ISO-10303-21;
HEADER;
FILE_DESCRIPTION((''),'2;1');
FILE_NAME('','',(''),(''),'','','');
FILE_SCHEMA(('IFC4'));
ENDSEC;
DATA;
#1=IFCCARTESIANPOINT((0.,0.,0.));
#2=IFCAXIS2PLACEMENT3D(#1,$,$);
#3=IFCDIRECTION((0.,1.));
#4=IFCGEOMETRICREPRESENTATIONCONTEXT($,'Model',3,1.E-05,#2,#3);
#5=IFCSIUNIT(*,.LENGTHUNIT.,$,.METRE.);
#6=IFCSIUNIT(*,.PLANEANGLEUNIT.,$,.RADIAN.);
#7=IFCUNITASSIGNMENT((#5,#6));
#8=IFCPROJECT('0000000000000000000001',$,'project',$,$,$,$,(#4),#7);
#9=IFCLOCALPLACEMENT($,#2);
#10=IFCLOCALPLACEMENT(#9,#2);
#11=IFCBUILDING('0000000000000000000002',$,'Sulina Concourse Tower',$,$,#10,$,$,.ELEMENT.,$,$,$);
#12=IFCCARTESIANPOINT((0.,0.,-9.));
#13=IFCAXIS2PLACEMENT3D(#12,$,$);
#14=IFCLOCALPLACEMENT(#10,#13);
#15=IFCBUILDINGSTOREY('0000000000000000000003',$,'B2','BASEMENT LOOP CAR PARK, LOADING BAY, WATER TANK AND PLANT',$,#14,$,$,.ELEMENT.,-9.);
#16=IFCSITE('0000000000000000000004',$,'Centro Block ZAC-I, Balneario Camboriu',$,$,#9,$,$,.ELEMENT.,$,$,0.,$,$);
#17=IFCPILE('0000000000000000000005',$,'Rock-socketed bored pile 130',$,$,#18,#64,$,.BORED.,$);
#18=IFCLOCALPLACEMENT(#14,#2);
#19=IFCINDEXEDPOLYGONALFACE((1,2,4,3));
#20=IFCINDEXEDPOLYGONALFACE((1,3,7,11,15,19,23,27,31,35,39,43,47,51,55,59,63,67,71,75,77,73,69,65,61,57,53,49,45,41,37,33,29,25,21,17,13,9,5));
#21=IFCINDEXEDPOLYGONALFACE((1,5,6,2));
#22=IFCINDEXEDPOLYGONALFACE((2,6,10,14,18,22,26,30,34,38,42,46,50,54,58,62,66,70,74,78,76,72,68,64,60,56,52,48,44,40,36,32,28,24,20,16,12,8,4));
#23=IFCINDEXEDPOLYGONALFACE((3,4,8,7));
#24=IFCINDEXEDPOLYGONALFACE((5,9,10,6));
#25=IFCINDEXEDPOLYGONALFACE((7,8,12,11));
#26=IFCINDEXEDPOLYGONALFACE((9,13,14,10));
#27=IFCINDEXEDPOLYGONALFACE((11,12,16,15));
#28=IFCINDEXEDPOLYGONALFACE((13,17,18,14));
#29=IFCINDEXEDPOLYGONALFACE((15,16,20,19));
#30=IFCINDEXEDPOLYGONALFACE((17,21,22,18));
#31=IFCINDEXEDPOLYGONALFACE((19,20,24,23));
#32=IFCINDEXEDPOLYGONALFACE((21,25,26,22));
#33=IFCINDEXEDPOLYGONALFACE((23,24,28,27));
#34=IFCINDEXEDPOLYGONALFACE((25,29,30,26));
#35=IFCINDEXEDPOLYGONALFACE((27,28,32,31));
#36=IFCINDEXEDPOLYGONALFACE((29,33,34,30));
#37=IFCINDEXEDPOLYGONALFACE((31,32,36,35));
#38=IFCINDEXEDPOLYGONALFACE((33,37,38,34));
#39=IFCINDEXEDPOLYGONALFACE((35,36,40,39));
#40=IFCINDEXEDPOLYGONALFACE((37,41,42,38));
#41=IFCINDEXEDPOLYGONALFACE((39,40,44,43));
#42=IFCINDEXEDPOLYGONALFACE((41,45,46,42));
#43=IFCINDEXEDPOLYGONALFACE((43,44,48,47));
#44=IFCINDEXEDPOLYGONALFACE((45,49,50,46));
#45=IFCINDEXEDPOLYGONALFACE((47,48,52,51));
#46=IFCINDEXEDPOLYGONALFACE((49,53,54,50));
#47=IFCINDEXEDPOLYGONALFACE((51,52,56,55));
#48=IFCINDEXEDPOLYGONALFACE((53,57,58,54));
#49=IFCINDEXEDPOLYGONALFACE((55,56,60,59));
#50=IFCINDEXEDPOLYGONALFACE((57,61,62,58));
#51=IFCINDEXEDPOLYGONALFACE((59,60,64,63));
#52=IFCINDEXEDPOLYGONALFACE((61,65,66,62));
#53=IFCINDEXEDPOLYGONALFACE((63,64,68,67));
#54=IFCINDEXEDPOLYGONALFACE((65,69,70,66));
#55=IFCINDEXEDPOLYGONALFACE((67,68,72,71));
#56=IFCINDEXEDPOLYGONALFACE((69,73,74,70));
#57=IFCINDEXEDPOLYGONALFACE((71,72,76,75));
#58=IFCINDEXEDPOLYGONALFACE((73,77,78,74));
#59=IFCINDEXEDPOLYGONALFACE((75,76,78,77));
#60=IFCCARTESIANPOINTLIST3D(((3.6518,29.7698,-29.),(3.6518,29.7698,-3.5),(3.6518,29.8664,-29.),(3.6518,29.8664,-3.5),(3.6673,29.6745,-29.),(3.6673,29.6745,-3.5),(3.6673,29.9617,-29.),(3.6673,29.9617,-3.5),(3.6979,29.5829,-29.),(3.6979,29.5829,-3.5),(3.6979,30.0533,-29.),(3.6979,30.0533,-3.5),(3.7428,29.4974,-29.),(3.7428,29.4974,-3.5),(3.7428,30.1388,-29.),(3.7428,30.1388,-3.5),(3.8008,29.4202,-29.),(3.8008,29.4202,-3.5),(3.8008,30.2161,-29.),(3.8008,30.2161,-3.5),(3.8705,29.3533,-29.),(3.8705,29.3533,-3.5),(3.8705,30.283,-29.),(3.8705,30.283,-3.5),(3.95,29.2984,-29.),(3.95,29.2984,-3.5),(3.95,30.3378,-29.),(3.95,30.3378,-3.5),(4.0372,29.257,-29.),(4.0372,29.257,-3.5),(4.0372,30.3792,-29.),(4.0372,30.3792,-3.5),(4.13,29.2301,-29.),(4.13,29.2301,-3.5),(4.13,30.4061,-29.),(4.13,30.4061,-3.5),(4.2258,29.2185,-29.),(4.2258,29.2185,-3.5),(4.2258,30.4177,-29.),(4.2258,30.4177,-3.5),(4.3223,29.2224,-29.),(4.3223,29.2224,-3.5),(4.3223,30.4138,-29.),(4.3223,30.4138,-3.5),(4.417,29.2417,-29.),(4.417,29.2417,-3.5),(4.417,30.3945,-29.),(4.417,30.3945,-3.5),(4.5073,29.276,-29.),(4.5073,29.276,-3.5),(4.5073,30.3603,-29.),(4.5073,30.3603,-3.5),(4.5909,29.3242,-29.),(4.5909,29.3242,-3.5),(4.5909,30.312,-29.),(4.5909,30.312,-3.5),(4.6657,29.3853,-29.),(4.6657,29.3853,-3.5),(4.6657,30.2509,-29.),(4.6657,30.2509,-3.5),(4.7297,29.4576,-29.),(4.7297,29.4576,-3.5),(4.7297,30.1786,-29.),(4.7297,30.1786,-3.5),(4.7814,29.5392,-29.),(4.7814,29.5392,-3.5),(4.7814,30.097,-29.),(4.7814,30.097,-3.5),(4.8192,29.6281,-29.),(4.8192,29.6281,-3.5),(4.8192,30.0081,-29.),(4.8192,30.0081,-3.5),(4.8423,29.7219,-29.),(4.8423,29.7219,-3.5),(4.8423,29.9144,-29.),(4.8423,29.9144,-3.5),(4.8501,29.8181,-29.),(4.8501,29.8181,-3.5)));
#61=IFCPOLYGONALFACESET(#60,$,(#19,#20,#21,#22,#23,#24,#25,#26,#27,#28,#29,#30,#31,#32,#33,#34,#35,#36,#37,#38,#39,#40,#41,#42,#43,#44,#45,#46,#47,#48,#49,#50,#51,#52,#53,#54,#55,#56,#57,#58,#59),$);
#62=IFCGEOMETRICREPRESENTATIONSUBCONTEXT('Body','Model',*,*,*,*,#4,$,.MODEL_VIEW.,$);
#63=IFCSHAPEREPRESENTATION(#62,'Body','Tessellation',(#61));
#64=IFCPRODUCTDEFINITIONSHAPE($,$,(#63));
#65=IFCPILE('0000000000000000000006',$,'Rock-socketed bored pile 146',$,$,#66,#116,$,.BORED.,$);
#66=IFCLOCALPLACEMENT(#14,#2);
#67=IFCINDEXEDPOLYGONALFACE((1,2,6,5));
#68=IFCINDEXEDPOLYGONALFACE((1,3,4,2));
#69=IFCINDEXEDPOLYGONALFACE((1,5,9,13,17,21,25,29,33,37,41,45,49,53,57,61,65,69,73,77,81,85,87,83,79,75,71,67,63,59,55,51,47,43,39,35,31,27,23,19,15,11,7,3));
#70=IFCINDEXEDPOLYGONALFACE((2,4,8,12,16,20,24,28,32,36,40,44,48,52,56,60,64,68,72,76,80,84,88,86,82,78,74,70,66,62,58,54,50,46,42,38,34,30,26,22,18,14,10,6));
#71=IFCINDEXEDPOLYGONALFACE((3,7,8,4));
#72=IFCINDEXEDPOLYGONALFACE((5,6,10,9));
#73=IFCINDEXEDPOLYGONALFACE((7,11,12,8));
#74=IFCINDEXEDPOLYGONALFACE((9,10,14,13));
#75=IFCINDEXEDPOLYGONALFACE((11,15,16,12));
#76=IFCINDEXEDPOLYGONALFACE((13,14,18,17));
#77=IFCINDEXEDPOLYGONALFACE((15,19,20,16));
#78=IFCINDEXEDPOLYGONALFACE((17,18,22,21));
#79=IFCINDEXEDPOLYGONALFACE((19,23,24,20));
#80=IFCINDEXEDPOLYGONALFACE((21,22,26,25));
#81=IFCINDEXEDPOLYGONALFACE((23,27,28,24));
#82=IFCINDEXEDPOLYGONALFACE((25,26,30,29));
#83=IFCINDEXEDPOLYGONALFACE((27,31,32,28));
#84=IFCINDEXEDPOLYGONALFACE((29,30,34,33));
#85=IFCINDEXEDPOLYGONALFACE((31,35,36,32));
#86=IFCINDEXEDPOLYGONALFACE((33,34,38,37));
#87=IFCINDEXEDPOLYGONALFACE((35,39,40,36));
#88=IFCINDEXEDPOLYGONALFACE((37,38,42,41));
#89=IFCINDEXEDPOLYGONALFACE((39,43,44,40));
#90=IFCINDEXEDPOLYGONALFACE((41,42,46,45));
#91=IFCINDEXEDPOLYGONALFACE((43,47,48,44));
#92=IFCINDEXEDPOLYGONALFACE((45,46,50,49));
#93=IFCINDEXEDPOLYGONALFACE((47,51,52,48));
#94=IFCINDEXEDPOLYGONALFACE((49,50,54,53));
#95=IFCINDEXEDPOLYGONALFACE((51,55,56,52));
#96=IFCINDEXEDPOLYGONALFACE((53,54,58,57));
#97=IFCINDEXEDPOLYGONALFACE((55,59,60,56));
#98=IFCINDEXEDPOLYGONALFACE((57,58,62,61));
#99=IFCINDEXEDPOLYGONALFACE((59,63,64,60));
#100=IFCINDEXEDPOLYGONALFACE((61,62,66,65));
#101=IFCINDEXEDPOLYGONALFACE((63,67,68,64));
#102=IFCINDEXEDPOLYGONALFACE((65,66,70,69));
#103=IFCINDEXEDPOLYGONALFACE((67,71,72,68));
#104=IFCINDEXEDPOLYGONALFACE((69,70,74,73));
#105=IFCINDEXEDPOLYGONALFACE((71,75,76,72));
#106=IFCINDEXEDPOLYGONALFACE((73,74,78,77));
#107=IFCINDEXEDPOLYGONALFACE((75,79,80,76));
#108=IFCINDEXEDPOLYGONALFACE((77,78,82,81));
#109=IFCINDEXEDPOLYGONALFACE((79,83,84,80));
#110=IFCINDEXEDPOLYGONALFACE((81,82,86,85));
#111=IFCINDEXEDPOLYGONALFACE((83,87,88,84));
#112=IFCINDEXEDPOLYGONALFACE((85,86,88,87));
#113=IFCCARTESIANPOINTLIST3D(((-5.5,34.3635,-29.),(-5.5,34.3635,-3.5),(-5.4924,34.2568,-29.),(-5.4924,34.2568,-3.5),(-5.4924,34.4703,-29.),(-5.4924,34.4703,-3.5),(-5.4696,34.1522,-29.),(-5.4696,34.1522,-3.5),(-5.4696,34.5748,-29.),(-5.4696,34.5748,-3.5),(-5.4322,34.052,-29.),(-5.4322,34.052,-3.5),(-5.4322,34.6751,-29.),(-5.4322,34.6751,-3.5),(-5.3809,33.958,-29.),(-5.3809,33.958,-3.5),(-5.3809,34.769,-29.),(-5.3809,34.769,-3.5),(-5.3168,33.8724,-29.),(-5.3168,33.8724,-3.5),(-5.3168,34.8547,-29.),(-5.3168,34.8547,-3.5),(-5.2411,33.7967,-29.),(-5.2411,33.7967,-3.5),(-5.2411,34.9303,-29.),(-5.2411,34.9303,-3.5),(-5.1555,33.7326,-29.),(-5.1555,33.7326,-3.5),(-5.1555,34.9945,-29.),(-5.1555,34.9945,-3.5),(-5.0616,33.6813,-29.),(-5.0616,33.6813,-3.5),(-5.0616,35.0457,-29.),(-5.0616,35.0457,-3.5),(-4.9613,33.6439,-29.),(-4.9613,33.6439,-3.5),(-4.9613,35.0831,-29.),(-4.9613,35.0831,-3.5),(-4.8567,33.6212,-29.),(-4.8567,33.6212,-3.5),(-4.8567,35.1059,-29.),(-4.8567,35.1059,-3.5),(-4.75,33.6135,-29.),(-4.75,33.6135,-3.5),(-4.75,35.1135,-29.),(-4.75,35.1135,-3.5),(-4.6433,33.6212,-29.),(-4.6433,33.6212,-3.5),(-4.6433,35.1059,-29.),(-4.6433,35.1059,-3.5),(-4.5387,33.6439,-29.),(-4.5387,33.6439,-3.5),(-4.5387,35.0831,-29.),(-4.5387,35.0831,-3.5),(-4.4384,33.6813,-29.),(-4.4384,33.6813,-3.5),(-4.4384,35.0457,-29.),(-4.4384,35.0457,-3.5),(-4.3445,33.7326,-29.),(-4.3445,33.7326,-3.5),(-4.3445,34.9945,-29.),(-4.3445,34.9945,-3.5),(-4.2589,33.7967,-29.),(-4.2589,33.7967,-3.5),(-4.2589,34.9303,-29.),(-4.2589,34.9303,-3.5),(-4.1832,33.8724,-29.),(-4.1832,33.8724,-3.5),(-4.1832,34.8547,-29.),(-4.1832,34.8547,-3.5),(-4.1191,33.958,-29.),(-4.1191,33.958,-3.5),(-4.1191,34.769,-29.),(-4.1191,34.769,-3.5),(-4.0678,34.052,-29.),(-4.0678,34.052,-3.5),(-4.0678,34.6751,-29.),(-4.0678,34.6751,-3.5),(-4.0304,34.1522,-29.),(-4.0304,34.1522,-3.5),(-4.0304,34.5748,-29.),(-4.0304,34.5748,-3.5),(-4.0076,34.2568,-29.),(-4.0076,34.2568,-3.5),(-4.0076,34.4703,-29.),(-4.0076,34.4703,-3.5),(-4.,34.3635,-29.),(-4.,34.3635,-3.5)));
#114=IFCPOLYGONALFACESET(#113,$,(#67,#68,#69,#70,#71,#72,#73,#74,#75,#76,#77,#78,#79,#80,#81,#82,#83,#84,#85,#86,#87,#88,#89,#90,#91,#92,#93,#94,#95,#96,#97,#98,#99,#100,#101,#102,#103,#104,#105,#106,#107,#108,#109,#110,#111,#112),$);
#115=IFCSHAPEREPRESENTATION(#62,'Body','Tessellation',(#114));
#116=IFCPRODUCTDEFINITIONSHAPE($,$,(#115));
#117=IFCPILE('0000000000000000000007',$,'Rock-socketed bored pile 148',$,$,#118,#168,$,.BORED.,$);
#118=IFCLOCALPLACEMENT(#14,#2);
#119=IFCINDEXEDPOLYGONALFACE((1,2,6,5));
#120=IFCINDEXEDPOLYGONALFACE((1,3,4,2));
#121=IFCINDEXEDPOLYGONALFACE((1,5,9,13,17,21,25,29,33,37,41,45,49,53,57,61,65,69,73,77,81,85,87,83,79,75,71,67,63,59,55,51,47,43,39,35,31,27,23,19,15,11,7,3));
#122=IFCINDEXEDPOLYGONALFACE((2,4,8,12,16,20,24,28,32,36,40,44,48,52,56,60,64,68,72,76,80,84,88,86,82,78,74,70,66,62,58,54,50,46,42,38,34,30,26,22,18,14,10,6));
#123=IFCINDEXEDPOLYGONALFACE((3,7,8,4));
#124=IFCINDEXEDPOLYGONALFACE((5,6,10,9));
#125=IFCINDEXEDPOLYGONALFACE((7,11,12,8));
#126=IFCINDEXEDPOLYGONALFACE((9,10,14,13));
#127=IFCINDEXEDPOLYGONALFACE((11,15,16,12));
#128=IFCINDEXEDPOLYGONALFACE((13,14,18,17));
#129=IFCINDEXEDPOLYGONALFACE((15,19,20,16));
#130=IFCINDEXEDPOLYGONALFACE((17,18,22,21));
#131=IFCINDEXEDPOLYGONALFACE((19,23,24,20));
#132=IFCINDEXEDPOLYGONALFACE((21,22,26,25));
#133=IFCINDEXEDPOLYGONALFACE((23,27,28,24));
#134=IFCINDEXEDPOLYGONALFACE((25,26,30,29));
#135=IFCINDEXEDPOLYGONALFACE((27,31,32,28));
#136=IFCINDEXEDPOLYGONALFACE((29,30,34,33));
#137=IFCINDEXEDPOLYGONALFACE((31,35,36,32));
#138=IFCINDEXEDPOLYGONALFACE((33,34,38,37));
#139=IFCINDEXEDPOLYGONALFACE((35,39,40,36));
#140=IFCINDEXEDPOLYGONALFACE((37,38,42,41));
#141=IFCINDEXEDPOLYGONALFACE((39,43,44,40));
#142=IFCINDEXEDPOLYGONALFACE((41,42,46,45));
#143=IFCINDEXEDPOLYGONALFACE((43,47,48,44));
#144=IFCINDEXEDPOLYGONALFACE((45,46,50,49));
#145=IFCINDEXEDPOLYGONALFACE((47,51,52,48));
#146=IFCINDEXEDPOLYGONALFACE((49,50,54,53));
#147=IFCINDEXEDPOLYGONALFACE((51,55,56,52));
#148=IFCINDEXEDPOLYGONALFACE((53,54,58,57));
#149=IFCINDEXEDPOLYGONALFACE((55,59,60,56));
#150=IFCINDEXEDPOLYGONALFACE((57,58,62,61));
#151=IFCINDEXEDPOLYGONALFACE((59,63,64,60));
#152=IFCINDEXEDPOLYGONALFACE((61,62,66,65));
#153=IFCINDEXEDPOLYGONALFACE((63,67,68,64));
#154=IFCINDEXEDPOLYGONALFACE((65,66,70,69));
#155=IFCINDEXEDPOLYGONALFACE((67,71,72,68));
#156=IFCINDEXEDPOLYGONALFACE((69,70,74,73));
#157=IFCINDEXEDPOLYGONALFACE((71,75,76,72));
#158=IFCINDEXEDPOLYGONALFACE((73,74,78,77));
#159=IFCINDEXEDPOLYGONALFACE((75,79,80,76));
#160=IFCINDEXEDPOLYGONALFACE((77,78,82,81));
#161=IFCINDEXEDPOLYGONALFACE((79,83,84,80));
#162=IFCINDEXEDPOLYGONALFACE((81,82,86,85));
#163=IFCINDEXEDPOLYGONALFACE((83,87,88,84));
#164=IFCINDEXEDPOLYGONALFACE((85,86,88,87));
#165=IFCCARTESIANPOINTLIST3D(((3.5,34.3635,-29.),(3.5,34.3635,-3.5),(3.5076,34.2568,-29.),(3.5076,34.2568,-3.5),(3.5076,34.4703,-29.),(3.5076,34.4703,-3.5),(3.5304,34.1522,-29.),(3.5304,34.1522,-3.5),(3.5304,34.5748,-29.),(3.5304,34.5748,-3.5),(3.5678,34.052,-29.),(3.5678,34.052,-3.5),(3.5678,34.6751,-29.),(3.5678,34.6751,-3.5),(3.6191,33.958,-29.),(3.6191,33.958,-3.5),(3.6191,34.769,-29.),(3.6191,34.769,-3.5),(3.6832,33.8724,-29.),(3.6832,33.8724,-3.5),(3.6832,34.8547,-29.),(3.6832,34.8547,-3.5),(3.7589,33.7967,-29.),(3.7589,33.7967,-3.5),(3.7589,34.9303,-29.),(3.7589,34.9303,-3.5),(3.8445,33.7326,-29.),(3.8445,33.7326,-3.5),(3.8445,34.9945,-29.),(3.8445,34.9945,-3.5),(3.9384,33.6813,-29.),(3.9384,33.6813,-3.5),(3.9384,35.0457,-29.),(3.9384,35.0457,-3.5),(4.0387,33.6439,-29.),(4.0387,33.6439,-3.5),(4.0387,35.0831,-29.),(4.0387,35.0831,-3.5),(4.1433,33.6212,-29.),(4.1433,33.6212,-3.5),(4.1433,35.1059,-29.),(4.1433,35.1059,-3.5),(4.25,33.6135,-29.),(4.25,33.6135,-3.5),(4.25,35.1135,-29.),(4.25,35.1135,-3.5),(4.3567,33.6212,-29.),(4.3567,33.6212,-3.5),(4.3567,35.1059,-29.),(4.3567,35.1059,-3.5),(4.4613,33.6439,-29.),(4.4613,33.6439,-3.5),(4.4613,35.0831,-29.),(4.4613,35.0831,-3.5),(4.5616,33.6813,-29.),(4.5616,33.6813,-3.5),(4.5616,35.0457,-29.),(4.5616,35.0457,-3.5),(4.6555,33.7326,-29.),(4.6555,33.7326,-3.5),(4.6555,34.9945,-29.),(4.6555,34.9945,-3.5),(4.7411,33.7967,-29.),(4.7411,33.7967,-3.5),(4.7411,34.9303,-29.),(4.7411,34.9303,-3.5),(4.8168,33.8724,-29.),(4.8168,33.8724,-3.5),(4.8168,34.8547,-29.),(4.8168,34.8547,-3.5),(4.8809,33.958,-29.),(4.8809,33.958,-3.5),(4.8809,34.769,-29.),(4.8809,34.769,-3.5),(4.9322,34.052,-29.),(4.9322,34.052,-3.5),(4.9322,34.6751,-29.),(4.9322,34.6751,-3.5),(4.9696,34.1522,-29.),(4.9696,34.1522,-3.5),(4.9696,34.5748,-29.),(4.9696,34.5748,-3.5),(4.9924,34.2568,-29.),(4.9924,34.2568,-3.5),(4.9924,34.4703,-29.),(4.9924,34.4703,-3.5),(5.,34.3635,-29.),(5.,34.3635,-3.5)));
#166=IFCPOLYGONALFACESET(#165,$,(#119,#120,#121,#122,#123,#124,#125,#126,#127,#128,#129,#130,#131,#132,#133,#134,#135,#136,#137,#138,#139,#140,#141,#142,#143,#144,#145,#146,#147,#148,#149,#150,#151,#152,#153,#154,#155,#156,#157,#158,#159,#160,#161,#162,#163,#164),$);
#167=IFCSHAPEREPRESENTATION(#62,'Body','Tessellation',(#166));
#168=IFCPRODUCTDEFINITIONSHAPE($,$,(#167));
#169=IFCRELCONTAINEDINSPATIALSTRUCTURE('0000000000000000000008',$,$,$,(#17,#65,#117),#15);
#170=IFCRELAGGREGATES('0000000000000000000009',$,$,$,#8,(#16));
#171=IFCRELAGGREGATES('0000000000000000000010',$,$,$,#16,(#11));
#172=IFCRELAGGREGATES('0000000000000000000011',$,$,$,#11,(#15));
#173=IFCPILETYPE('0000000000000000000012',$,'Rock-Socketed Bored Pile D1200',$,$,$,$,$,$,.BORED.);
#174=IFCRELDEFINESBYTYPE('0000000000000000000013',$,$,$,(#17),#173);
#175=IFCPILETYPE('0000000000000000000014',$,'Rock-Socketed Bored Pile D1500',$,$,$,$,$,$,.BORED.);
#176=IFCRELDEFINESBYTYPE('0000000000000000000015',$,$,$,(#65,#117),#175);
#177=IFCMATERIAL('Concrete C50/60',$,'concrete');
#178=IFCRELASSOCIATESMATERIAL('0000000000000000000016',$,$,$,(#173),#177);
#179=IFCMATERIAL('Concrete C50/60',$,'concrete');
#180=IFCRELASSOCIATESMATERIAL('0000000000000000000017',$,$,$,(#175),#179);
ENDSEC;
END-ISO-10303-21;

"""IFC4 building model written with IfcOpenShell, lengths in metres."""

from ifc_helpers import new_model, si_unit, direction, frame, origin, origin_2d, place, context, subcontext, project, spatial, circle, extrude, material, material_profile, profile_set, type_object, element, save


model = new_model("IFC4")

# Units and contexts
model_context = context("Model", 3, precision=1e-05, world=origin(), true_north=direction((0.0, 1.0)))
body_context = subcontext(model_context, "Body", "Model", "MODEL_VIEW")
ifc_project = project(units=[si_unit("LENGTHUNIT", "METRE"), si_unit("PLANEANGLEUNIT", "RADIAN")], contexts=[model_context])

# Site, building, storey
site_placement = place(None, origin())
site = spatial("IfcSite", under=ifc_project, at=site_placement, Name="Centro Block ZAC-I, Balneario Camboriu", CompositionType="ELEMENT", RefElevation=0.0)
building_placement = place(site_placement, origin())
building = spatial("IfcBuilding", under=site, at=building_placement, Name="Sulina Concourse Tower", CompositionType="ELEMENT")
storey_placement = place(building_placement, frame((0.0, 0.0, -9.0)))
storey = spatial("IfcBuildingStorey", under=building, at=storey_placement, Name="B2", Description="BASEMENT LOOP CAR PARK, LOADING BAY, WATER TANK AND PLANT", CompositionType="ELEMENT", Elevation=-9.0)

# Piles
ifc_material_1 = material(Name="Concrete C50/60", Category="concrete")
ifc_material_profile_1 = material_profile(ifc_material_1, circle(Radius=0.6001, at=origin_2d()), Name="PILE D1200")
ifc_profile_set_1 = profile_set([ifc_material_profile_1], Name="Concrete C50/60")
pile_type_1 = type_object("IfcPileType", Name="Rock-Socketed Bored Pile D1200", PredefinedType="BORED", material=ifc_profile_set_1)
for number, where, z_axis, x_axis, name in (
    (1, (4.25, 29.8181, -3.5), (0.0, 0.0, -1.0), (1.0, 0.0, 0.0), "Rock-socketed bored pile 130"),
):
    element("IfcPile", number, at=place(storey_placement, frame(where, z_axis=z_axis, x_axis=x_axis)), inside=storey, type_object=pile_type_1, Name=name, PredefinedType="BORED", context=body_context, shape_type="SweptSolid", body=[
        extrude(circle(Radius=0.6001, at=origin_2d()), origin(), (0.0, 0.0, 1.0), 25.5),
    ])
ifc_material_2 = material(Name="Concrete C50/60", Category="concrete")
ifc_material_profile_2 = material_profile(ifc_material_2, circle(Radius=0.75, at=origin_2d()), Name="PILE D1500")
ifc_profile_set_2 = profile_set([ifc_material_profile_2], Name="Concrete C50/60")
pile_type_2 = type_object("IfcPileType", Name="Rock-Socketed Bored Pile D1500", PredefinedType="BORED", material=ifc_profile_set_2)
for number, where, z_axis, x_axis, name in (
    (2, (-4.75, 34.3635, -3.5), (0.0, 0.0, -1.0), (1.0, 0.0, 0.0), "Rock-socketed bored pile 146"),
    (3, (4.25, 34.3635, -3.5), (0.0, 0.0, -1.0), (1.0, 0.0, 0.0), "Rock-socketed bored pile 148"),
):
    element("IfcPile", number, at=place(storey_placement, frame(where, z_axis=z_axis, x_axis=x_axis)), inside=storey, type_object=pile_type_2, Name=name, PredefinedType="BORED", context=body_context, shape_type="SweptSolid", body=[
        extrude(circle(Radius=0.75, at=origin_2d()), origin(), (0.0, 0.0, 1.0), 25.5),
    ])

save(model, "model.ifc")
